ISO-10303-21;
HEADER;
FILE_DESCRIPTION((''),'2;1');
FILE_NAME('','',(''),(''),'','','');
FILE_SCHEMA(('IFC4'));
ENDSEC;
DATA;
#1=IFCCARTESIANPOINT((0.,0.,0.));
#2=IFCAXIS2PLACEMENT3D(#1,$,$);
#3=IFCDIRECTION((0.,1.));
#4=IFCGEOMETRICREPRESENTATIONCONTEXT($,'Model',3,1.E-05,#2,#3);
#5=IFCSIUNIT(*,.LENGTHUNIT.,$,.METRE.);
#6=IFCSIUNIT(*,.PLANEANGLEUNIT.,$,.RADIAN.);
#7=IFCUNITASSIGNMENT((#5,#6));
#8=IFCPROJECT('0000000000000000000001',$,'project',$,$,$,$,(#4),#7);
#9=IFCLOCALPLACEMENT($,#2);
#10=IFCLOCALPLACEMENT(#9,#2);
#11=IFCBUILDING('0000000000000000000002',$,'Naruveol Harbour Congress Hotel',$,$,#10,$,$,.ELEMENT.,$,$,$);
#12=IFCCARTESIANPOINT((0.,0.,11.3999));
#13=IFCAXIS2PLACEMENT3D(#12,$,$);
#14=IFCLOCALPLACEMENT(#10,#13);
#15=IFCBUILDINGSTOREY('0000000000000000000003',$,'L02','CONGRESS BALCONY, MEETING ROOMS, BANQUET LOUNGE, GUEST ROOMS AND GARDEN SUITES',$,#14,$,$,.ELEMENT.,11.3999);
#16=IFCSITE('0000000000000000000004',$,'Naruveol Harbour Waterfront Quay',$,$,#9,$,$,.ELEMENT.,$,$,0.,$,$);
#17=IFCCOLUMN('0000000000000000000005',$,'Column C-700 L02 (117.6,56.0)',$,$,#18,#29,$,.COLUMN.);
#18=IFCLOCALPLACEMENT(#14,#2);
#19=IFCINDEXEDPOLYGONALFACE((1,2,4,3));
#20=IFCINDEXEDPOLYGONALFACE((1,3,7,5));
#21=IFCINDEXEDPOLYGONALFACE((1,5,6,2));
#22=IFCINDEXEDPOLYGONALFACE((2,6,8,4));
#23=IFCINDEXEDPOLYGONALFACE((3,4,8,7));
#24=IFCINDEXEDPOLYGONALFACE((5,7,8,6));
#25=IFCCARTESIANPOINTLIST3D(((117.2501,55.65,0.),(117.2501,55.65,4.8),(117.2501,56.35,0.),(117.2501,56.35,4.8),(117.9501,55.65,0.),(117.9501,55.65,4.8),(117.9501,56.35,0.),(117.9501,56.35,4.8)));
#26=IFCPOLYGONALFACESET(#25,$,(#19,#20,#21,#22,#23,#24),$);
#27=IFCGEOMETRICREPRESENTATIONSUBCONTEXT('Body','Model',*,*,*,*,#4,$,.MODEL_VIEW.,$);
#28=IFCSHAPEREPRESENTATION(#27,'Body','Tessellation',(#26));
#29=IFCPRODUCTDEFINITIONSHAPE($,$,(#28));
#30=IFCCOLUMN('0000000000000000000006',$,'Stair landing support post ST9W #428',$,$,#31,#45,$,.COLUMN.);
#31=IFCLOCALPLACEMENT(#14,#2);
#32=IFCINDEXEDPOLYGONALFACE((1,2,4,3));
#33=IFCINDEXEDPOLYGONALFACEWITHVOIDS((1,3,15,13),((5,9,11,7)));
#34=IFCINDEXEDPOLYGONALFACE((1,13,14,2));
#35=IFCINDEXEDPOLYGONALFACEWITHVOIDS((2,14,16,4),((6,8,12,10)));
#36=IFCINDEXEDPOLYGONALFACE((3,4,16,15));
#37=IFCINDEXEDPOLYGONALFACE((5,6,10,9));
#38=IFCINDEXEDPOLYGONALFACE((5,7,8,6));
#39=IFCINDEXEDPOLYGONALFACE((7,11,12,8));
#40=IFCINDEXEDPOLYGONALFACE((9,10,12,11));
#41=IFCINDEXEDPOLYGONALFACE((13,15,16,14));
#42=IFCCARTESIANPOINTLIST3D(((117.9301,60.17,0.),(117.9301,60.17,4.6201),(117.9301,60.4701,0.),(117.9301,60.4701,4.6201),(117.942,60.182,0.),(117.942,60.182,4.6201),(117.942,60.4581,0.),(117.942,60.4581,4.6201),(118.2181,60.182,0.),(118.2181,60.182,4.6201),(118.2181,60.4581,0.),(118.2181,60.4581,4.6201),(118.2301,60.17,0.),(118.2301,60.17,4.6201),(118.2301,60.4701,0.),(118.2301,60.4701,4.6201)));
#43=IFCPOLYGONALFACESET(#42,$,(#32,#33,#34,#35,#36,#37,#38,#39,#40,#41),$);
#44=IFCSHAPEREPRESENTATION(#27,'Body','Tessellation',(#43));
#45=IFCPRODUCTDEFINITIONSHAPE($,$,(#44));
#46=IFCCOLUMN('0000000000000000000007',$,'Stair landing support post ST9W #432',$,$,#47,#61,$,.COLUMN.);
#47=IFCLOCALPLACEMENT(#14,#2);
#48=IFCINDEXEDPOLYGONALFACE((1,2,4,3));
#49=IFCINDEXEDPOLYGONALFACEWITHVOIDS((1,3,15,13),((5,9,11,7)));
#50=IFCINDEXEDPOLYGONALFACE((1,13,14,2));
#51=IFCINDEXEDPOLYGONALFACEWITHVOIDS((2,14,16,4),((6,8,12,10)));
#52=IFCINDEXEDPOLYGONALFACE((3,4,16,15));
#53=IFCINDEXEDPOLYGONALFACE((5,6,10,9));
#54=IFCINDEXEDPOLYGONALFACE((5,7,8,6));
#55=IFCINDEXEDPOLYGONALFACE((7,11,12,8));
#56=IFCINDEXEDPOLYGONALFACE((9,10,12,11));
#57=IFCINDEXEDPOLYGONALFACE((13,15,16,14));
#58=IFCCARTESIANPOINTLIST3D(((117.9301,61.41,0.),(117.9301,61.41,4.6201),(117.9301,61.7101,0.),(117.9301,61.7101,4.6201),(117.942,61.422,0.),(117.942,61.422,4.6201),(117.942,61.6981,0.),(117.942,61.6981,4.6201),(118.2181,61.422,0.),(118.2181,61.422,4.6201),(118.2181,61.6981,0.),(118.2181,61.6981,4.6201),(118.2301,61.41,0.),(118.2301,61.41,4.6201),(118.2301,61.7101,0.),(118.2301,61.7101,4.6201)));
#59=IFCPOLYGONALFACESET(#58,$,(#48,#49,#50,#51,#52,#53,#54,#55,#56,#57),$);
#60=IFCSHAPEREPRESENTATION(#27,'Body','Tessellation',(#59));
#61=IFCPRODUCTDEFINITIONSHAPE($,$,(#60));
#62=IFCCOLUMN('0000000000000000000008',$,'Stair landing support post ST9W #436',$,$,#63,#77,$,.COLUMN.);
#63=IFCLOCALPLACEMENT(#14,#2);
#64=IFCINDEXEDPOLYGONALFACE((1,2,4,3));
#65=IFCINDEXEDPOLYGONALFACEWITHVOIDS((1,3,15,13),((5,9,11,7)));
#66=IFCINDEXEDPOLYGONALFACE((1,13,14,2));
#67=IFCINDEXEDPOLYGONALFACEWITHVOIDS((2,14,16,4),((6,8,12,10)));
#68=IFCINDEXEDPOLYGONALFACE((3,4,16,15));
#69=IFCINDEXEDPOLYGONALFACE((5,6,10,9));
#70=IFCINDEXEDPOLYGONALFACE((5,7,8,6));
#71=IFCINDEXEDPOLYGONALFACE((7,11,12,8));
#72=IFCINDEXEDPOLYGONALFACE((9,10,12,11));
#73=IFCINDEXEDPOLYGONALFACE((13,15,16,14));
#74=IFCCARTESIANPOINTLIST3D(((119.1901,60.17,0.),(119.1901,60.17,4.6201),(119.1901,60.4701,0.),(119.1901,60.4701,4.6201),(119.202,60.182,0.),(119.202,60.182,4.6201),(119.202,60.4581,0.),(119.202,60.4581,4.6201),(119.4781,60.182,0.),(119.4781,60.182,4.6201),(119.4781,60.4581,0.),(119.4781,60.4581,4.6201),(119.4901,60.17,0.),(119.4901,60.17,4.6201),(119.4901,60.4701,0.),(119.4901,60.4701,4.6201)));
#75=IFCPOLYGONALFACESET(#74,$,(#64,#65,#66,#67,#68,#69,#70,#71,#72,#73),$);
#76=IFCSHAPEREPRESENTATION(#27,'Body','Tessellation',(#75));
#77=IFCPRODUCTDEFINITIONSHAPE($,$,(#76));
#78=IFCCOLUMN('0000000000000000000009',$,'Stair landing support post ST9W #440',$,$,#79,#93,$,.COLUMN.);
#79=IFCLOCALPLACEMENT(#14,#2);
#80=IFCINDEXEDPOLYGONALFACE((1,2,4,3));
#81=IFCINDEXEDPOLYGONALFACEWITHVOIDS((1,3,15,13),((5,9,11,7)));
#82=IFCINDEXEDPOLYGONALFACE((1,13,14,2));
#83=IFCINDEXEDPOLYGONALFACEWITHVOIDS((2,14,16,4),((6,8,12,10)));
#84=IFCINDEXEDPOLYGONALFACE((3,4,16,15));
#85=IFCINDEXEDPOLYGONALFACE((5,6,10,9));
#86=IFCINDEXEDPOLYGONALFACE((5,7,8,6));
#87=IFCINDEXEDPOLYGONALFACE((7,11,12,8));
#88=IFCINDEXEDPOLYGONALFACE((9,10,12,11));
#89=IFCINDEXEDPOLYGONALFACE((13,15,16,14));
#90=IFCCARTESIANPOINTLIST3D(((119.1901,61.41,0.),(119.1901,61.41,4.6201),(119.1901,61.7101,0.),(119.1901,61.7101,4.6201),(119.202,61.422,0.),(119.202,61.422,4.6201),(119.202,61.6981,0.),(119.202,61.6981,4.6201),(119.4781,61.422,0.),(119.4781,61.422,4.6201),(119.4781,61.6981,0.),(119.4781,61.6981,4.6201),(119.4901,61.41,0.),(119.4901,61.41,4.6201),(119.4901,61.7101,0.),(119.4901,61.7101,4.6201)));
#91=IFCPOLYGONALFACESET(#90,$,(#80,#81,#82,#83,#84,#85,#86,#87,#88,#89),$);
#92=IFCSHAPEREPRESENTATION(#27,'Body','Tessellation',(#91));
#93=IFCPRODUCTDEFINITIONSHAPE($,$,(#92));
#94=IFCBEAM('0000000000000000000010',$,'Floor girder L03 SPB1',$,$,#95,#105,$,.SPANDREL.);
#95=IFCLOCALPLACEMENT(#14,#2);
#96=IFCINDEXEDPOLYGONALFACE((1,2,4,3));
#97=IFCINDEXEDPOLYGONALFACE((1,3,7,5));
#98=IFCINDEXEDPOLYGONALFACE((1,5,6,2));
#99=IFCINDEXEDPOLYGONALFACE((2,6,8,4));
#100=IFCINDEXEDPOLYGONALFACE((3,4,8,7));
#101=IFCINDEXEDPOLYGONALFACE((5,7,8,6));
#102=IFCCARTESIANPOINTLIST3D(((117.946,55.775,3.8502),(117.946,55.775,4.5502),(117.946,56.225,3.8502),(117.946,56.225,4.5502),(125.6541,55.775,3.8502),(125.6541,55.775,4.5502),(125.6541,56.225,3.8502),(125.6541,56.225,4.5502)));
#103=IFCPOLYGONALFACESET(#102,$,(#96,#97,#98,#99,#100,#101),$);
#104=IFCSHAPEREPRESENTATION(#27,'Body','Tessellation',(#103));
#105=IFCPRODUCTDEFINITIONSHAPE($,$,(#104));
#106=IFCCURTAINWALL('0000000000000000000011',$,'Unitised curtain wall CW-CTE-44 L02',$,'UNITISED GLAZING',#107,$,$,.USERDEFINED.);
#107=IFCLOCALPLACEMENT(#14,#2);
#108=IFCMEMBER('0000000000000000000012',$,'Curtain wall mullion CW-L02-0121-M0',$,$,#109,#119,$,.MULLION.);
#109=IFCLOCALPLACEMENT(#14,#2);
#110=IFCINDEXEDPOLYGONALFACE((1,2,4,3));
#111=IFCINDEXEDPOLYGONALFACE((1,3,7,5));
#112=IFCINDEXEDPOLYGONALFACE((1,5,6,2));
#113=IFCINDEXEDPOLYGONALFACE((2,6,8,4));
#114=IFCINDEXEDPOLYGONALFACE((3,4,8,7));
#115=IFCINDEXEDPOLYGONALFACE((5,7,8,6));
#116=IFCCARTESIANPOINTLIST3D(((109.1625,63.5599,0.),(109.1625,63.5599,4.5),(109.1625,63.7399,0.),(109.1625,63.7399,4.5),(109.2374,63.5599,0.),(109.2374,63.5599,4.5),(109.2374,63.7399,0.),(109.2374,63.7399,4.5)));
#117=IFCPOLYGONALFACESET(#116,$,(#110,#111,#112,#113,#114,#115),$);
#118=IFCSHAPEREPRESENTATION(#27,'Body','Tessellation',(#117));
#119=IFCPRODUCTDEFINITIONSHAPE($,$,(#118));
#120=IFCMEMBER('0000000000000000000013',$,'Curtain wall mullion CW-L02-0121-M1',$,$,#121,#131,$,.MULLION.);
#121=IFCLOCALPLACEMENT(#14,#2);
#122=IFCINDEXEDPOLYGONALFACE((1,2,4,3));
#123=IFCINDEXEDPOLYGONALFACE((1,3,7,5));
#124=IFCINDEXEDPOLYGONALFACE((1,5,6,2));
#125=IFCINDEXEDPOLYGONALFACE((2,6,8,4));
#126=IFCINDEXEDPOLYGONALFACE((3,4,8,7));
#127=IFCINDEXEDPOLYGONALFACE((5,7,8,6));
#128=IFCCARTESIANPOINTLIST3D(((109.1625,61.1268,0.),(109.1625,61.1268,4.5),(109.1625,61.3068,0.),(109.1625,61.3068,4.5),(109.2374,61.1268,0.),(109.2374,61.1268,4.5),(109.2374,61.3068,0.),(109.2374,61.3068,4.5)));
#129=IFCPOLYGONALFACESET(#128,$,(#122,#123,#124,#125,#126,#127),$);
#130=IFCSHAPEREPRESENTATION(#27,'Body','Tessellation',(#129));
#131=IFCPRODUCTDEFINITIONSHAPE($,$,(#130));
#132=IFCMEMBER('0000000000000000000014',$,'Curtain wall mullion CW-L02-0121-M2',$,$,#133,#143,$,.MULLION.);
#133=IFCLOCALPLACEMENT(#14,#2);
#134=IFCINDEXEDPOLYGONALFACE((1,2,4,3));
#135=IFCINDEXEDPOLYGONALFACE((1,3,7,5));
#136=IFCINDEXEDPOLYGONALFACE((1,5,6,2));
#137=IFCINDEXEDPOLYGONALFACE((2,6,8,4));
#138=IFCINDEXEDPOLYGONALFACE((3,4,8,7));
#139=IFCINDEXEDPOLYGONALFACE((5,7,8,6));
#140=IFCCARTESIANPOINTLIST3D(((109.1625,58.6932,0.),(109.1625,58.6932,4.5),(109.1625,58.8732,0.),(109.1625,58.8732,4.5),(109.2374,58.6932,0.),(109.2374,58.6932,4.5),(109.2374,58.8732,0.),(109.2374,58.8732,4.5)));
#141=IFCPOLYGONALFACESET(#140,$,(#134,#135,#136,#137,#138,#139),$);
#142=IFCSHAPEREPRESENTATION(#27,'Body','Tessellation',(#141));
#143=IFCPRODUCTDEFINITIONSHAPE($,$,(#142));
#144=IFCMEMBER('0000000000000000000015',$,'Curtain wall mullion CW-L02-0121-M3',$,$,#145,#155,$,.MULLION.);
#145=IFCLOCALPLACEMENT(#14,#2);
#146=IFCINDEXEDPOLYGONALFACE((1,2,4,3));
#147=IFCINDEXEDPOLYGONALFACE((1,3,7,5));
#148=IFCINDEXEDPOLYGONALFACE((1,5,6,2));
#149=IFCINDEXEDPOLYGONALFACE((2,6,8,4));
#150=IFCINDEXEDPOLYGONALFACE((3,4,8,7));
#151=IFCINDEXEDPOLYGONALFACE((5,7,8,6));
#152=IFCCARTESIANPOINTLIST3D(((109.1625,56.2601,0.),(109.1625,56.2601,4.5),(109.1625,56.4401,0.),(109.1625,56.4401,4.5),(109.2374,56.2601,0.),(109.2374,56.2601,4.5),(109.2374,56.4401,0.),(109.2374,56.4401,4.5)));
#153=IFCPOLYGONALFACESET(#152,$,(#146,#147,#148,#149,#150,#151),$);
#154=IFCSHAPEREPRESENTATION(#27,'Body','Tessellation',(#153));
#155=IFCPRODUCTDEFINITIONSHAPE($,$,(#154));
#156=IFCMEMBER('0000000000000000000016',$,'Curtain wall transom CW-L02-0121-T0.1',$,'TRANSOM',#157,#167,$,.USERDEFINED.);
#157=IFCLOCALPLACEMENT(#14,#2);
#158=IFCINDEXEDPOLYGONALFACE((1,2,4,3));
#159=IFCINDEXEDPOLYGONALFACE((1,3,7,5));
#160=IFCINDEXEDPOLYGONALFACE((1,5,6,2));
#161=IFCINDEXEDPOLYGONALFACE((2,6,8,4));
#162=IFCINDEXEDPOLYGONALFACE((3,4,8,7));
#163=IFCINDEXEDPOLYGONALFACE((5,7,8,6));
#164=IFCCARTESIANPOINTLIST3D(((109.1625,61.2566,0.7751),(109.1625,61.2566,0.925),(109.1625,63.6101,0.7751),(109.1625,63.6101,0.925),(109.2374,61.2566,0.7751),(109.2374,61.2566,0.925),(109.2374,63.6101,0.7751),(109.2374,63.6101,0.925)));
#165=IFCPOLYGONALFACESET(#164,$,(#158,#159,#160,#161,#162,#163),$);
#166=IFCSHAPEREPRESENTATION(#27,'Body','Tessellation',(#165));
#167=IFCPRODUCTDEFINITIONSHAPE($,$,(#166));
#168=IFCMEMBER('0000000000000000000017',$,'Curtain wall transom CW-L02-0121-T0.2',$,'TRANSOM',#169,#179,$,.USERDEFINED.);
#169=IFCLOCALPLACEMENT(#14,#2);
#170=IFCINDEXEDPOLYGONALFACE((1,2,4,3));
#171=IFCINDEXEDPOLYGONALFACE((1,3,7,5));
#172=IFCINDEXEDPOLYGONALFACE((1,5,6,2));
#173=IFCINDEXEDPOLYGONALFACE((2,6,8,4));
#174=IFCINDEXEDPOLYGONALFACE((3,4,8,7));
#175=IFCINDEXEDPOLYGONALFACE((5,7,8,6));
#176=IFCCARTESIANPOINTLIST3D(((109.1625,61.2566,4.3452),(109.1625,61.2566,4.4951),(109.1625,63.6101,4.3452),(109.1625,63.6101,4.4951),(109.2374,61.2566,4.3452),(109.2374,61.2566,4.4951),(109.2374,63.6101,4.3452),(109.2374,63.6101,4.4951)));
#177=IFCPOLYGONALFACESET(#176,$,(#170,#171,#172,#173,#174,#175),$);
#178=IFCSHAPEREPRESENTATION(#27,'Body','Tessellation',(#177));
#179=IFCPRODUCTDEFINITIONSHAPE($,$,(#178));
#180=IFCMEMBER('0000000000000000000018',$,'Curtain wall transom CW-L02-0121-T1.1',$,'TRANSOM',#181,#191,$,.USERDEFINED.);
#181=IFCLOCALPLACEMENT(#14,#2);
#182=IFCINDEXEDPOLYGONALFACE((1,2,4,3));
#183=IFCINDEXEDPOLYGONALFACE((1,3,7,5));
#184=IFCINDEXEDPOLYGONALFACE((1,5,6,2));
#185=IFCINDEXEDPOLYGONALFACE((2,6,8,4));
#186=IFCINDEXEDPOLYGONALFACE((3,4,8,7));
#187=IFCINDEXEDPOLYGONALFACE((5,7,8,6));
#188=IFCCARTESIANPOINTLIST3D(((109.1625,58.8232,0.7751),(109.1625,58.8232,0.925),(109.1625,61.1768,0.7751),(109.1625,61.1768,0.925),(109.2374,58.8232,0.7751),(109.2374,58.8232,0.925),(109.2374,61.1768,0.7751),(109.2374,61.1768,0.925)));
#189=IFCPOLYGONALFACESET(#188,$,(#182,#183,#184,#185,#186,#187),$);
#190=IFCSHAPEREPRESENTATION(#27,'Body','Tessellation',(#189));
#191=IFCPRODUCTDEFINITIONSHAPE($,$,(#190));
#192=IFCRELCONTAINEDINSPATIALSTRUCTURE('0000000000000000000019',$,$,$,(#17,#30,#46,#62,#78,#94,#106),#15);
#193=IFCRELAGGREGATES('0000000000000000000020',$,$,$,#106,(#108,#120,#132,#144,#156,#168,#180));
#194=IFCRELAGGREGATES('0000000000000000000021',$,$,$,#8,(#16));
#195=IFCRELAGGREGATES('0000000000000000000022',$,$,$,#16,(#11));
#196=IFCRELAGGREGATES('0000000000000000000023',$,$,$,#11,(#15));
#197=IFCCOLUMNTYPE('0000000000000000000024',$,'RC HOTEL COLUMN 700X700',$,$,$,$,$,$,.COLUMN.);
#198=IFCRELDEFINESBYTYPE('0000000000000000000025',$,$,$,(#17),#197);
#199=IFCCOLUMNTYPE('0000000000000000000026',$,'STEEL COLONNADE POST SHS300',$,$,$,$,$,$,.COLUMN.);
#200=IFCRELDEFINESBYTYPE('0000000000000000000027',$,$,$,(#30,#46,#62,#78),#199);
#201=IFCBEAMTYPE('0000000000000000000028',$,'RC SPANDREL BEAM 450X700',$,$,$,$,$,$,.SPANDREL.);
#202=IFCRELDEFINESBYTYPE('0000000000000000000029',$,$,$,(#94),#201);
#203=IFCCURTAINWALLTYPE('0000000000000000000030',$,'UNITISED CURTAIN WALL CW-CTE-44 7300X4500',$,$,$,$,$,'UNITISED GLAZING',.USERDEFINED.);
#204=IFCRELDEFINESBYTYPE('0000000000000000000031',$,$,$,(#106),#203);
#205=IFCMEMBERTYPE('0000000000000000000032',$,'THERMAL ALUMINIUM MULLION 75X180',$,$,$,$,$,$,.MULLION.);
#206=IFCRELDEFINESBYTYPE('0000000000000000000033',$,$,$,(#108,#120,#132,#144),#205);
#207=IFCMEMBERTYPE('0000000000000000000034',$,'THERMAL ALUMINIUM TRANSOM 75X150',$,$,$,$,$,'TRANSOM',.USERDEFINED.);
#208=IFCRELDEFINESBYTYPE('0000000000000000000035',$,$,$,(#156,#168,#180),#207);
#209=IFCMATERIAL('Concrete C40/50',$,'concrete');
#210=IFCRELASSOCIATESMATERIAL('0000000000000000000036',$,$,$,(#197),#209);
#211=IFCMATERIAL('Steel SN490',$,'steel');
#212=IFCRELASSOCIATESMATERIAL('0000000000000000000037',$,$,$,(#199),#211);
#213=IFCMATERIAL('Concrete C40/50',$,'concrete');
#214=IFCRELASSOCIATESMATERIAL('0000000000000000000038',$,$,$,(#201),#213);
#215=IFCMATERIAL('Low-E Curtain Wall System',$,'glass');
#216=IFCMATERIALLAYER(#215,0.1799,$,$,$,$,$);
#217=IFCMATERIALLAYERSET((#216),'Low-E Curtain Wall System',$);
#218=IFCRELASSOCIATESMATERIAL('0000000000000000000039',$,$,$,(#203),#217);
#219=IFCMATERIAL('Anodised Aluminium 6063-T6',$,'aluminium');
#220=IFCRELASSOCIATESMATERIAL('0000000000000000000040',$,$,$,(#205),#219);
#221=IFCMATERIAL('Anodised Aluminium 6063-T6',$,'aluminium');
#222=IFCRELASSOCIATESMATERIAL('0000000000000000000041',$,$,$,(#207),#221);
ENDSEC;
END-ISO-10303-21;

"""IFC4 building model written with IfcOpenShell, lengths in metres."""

from ifc_helpers import new_model, si_unit, direction, frame, origin, origin_2d, place, context, subcontext, project, spatial, rectangle, hollow_rectangle, extrude, material, layer, layer_set, material_profile, profile_set, type_object, element, aggregate, save


model = new_model("IFC4")

# Units and contexts
model_context = context("Model", 3, precision=1e-05, world=origin(), true_north=direction((0.0, 1.0)))
body_context = subcontext(model_context, "Body", "Model", "MODEL_VIEW")
ifc_project = project(units=[si_unit("LENGTHUNIT", "METRE"), si_unit("PLANEANGLEUNIT", "RADIAN")], contexts=[model_context])

# Site, building, storey
site_placement = place(None, origin())
site = spatial("IfcSite", under=ifc_project, at=site_placement, Name="Naruveol Harbour Waterfront Quay", CompositionType="ELEMENT", RefElevation=0.0)
building_placement = place(site_placement, origin())
building = spatial("IfcBuilding", under=site, at=building_placement, Name="Naruveol Harbour Congress Hotel", CompositionType="ELEMENT")
storey_placement = place(building_placement, frame((0.0, 0.0, 11.3999)))
storey = spatial("IfcBuildingStorey", under=building, at=storey_placement, Name="L02", Description="CONGRESS BALCONY, MEETING ROOMS, BANQUET LOUNGE, GUEST ROOMS AND GARDEN SUITES", CompositionType="ELEMENT", Elevation=11.3999)

# Columns
ifc_material_1 = material(Name="Concrete C40/50", Category="concrete")
ifc_material_profile_1 = material_profile(ifc_material_1, rectangle(XDim=0.7, YDim=0.7, at=origin_2d()), Name="RC-700x700")
ifc_profile_set_1 = profile_set([ifc_material_profile_1], Name="Concrete C40/50")
column_type_1 = type_object("IfcColumnType", Name="RC HOTEL COLUMN 700X700", PredefinedType="COLUMN", material=ifc_profile_set_1)
column_placement = place(storey_placement, frame((117.6001, 56.0, 0.0), z_axis=(0.0, 0.0, 1.0), x_axis=(1.0, 0.0, 0.0)))
element("IfcColumn", 1, at=column_placement, inside=storey, type_object=column_type_1, Name="Column C-700 L02 (117.6,56.0)", PredefinedType="COLUMN", context=body_context, shape_type="SweptSolid", body=[
    extrude(rectangle(XDim=0.7, YDim=0.7, at=origin_2d()), origin(), (0.0, 0.0, 1.0), 4.8),
])
ifc_material_2 = material(Name="Steel SN490", Category="steel")
ifc_material_profile_2 = material_profile(ifc_material_2, hollow_rectangle(XDim=0.3, YDim=0.3, WallThickness=0.012, at=origin_2d()), Name="SHS-300x300x12")
ifc_profile_set_2 = profile_set([ifc_material_profile_2], Name="Steel SN490")
column_type_2 = type_object("IfcColumnType", Name="STEEL COLONNADE POST SHS300", PredefinedType="COLUMN", material=ifc_profile_set_2)
for number, where, z_axis, x_axis, name in (
    (2, (118.0801, 60.3201, 0.0), (0.0, 0.0, 1.0), (1.0, 0.0, 0.0), "Stair landing support post ST9W #428"),
    (3, (118.0801, 61.5601, 0.0), (0.0, 0.0, 1.0), (1.0, 0.0, 0.0), "Stair landing support post ST9W #432"),
    (4, (119.3401, 60.3201, 0.0), (0.0, 0.0, 1.0), (1.0, 0.0, 0.0), "Stair landing support post ST9W #436"),
    (5, (119.3401, 61.5601, 0.0), (0.0, 0.0, 1.0), (1.0, 0.0, 0.0), "Stair landing support post ST9W #440"),
):
    element("IfcColumn", number, at=place(storey_placement, frame(where, z_axis=z_axis, x_axis=x_axis)), inside=storey, type_object=column_type_2, Name=name, PredefinedType="COLUMN", context=body_context, shape_type="SweptSolid", body=[
        extrude(hollow_rectangle(XDim=0.3, YDim=0.3, WallThickness=0.012, at=origin_2d()), origin(), (0.0, 0.0, 1.0), 4.6201),
    ])

# Beam
ifc_material_3 = material(Name="Concrete C40/50", Category="concrete")
ifc_material_profile_3 = material_profile(ifc_material_3, rectangle(XDim=0.45, YDim=0.7, at=origin_2d()), Name="RCB-450x700")
ifc_profile_set_3 = profile_set([ifc_material_profile_3], Name="Concrete C40/50")
beam_type = type_object("IfcBeamType", Name="RC SPANDREL BEAM 450X700", PredefinedType="SPANDREL", material=ifc_profile_set_3)
beam_placement = place(storey_placement, frame((117.946, 56.0, 4.2002), z_axis=(1.0, 0.0, 0.0), x_axis=(0.0, 1.0, 0.0)))
element("IfcBeam", 6, at=beam_placement, inside=storey, type_object=beam_type, Name="Floor girder L03 SPB1", PredefinedType="SPANDREL", context=body_context, shape_type="SweptSolid", body=[
    extrude(rectangle(XDim=0.45, YDim=0.7, at=origin_2d()), origin(), (0.0, 0.0, 1.0), 7.708),
])

# Curtain wall, members
ifc_material_4 = material(Name="Low-E Curtain Wall System", Category="glass")
ifc_layer_1 = layer(ifc_material_4, 0.1799)
ifc_layer_set_1 = layer_set([ifc_layer_1], Name="Low-E Curtain Wall System")
curtain_wall_type = type_object("IfcCurtainWallType", Name="UNITISED CURTAIN WALL CW-CTE-44 7300X4500", ElementType="UNITISED GLAZING", PredefinedType="USERDEFINED", material=ifc_layer_set_1)
curtain_wall_placement = place(storey_placement, origin())
curtain_wall = element("IfcCurtainWall", 7, at=curtain_wall_placement, inside=storey, type_object=curtain_wall_type, Name="Unitised curtain wall CW-CTE-44 L02", ObjectType="UNITISED GLAZING", PredefinedType="USERDEFINED")
ifc_material_5 = material(Name="Anodised Aluminium 6063-T6", Category="aluminium")
ifc_material_profile_4 = material_profile(ifc_material_5, rectangle(XDim=0.075, YDim=0.1799, at=origin_2d()), Name="ALU-75x180")
ifc_profile_set_4 = profile_set([ifc_material_profile_4], Name="Anodised Aluminium 6063-T6")
member_type_1 = type_object("IfcMemberType", Name="THERMAL ALUMINIUM MULLION 75X180", PredefinedType="MULLION", material=ifc_profile_set_4)
member_1_placement = place(storey_placement, frame((109.2, 63.6499, 0.0), z_axis=(0.0, 0.0, 1.0), x_axis=(1.0, 0.0, 0.0)))
member_1 = element("IfcMember", 8, at=member_1_placement, type_object=member_type_1, Name="Curtain wall mullion CW-L02-0121-M0", PredefinedType="MULLION", context=body_context, shape_type="SweptSolid", body=[
    extrude(rectangle(XDim=0.075, YDim=0.1799, at=origin_2d()), origin(), (0.0, 0.0, 1.0), 4.5),
])
member_2_placement = place(storey_placement, frame((109.2, 61.2168, 0.0), z_axis=(0.0, 0.0, 1.0), x_axis=(1.0, 0.0, 0.0)))
member_2 = element("IfcMember", 9, at=member_2_placement, type_object=member_type_1, Name="Curtain wall mullion CW-L02-0121-M1", PredefinedType="MULLION", context=body_context, shape_type="SweptSolid", body=[
    extrude(rectangle(XDim=0.075, YDim=0.1799, at=origin_2d()), origin(), (0.0, 0.0, 1.0), 4.5),
])
member_3_placement = place(storey_placement, frame((109.2, 58.7832, 0.0), z_axis=(0.0, 0.0, 1.0), x_axis=(1.0, 0.0, 0.0)))
member_3 = element("IfcMember", 10, at=member_3_placement, type_object=member_type_1, Name="Curtain wall mullion CW-L02-0121-M2", PredefinedType="MULLION", context=body_context, shape_type="SweptSolid", body=[
    extrude(rectangle(XDim=0.075, YDim=0.1799, at=origin_2d()), origin(), (0.0, 0.0, 1.0), 4.5),
])
member_4_placement = place(storey_placement, frame((109.2, 56.3501, 0.0), z_axis=(0.0, 0.0, 1.0), x_axis=(1.0, 0.0, 0.0)))
member_4 = element("IfcMember", 11, at=member_4_placement, type_object=member_type_1, Name="Curtain wall mullion CW-L02-0121-M3", PredefinedType="MULLION", context=body_context, shape_type="SweptSolid", body=[
    extrude(rectangle(XDim=0.075, YDim=0.1799, at=origin_2d()), origin(), (0.0, 0.0, 1.0), 4.5),
])
ifc_material_6 = material(Name="Anodised Aluminium 6063-T6", Category="aluminium")
ifc_material_profile_5 = material_profile(ifc_material_6, rectangle(XDim=0.075, YDim=0.1499, at=origin_2d()), Name="ALU-75x150")
ifc_profile_set_5 = profile_set([ifc_material_profile_5], Name="Anodised Aluminium 6063-T6")
member_type_2 = type_object("IfcMemberType", Name="THERMAL ALUMINIUM TRANSOM 75X150", ElementType="TRANSOM", PredefinedType="USERDEFINED", material=ifc_profile_set_5)
member_5_placement = place(storey_placement, frame((109.2, 63.6101, 0.8501), z_axis=(0.0, -1.0, 0.0), x_axis=(1.0, 0.0, 0.0)))
member_5 = element("IfcMember", 12, at=member_5_placement, type_object=member_type_2, Name="Curtain wall transom CW-L02-0121-T0.1", ObjectType="TRANSOM", PredefinedType="USERDEFINED", context=body_context, shape_type="SweptSolid", body=[
    extrude(rectangle(XDim=0.075, YDim=0.1499, at=origin_2d()), origin(), (0.0, 0.0, 1.0), 2.3535),
])
member_6_placement = place(storey_placement, frame((109.2, 63.6101, 4.4202), z_axis=(0.0, -1.0, 0.0), x_axis=(1.0, 0.0, 0.0)))
member_6 = element("IfcMember", 13, at=member_6_placement, type_object=member_type_2, Name="Curtain wall transom CW-L02-0121-T0.2", ObjectType="TRANSOM", PredefinedType="USERDEFINED", context=body_context, shape_type="SweptSolid", body=[
    extrude(rectangle(XDim=0.075, YDim=0.1499, at=origin_2d()), origin(), (0.0, 0.0, 1.0), 2.3535),
])
member_7_placement = place(storey_placement, frame((109.2, 61.1768, 0.8501), z_axis=(0.0, -1.0, 0.0), x_axis=(1.0, 0.0, 0.0)))
member_7 = element("IfcMember", 14, at=member_7_placement, type_object=member_type_2, Name="Curtain wall transom CW-L02-0121-T1.1", ObjectType="TRANSOM", PredefinedType="USERDEFINED", context=body_context, shape_type="SweptSolid", body=[
    extrude(rectangle(XDim=0.075, YDim=0.1499, at=origin_2d()), origin(), (0.0, 0.0, 1.0), 2.3535),
])
aggregate(curtain_wall, [member_1, member_2, member_3, member_4, member_5, member_6, member_7])

save(model, "model.ifc")
